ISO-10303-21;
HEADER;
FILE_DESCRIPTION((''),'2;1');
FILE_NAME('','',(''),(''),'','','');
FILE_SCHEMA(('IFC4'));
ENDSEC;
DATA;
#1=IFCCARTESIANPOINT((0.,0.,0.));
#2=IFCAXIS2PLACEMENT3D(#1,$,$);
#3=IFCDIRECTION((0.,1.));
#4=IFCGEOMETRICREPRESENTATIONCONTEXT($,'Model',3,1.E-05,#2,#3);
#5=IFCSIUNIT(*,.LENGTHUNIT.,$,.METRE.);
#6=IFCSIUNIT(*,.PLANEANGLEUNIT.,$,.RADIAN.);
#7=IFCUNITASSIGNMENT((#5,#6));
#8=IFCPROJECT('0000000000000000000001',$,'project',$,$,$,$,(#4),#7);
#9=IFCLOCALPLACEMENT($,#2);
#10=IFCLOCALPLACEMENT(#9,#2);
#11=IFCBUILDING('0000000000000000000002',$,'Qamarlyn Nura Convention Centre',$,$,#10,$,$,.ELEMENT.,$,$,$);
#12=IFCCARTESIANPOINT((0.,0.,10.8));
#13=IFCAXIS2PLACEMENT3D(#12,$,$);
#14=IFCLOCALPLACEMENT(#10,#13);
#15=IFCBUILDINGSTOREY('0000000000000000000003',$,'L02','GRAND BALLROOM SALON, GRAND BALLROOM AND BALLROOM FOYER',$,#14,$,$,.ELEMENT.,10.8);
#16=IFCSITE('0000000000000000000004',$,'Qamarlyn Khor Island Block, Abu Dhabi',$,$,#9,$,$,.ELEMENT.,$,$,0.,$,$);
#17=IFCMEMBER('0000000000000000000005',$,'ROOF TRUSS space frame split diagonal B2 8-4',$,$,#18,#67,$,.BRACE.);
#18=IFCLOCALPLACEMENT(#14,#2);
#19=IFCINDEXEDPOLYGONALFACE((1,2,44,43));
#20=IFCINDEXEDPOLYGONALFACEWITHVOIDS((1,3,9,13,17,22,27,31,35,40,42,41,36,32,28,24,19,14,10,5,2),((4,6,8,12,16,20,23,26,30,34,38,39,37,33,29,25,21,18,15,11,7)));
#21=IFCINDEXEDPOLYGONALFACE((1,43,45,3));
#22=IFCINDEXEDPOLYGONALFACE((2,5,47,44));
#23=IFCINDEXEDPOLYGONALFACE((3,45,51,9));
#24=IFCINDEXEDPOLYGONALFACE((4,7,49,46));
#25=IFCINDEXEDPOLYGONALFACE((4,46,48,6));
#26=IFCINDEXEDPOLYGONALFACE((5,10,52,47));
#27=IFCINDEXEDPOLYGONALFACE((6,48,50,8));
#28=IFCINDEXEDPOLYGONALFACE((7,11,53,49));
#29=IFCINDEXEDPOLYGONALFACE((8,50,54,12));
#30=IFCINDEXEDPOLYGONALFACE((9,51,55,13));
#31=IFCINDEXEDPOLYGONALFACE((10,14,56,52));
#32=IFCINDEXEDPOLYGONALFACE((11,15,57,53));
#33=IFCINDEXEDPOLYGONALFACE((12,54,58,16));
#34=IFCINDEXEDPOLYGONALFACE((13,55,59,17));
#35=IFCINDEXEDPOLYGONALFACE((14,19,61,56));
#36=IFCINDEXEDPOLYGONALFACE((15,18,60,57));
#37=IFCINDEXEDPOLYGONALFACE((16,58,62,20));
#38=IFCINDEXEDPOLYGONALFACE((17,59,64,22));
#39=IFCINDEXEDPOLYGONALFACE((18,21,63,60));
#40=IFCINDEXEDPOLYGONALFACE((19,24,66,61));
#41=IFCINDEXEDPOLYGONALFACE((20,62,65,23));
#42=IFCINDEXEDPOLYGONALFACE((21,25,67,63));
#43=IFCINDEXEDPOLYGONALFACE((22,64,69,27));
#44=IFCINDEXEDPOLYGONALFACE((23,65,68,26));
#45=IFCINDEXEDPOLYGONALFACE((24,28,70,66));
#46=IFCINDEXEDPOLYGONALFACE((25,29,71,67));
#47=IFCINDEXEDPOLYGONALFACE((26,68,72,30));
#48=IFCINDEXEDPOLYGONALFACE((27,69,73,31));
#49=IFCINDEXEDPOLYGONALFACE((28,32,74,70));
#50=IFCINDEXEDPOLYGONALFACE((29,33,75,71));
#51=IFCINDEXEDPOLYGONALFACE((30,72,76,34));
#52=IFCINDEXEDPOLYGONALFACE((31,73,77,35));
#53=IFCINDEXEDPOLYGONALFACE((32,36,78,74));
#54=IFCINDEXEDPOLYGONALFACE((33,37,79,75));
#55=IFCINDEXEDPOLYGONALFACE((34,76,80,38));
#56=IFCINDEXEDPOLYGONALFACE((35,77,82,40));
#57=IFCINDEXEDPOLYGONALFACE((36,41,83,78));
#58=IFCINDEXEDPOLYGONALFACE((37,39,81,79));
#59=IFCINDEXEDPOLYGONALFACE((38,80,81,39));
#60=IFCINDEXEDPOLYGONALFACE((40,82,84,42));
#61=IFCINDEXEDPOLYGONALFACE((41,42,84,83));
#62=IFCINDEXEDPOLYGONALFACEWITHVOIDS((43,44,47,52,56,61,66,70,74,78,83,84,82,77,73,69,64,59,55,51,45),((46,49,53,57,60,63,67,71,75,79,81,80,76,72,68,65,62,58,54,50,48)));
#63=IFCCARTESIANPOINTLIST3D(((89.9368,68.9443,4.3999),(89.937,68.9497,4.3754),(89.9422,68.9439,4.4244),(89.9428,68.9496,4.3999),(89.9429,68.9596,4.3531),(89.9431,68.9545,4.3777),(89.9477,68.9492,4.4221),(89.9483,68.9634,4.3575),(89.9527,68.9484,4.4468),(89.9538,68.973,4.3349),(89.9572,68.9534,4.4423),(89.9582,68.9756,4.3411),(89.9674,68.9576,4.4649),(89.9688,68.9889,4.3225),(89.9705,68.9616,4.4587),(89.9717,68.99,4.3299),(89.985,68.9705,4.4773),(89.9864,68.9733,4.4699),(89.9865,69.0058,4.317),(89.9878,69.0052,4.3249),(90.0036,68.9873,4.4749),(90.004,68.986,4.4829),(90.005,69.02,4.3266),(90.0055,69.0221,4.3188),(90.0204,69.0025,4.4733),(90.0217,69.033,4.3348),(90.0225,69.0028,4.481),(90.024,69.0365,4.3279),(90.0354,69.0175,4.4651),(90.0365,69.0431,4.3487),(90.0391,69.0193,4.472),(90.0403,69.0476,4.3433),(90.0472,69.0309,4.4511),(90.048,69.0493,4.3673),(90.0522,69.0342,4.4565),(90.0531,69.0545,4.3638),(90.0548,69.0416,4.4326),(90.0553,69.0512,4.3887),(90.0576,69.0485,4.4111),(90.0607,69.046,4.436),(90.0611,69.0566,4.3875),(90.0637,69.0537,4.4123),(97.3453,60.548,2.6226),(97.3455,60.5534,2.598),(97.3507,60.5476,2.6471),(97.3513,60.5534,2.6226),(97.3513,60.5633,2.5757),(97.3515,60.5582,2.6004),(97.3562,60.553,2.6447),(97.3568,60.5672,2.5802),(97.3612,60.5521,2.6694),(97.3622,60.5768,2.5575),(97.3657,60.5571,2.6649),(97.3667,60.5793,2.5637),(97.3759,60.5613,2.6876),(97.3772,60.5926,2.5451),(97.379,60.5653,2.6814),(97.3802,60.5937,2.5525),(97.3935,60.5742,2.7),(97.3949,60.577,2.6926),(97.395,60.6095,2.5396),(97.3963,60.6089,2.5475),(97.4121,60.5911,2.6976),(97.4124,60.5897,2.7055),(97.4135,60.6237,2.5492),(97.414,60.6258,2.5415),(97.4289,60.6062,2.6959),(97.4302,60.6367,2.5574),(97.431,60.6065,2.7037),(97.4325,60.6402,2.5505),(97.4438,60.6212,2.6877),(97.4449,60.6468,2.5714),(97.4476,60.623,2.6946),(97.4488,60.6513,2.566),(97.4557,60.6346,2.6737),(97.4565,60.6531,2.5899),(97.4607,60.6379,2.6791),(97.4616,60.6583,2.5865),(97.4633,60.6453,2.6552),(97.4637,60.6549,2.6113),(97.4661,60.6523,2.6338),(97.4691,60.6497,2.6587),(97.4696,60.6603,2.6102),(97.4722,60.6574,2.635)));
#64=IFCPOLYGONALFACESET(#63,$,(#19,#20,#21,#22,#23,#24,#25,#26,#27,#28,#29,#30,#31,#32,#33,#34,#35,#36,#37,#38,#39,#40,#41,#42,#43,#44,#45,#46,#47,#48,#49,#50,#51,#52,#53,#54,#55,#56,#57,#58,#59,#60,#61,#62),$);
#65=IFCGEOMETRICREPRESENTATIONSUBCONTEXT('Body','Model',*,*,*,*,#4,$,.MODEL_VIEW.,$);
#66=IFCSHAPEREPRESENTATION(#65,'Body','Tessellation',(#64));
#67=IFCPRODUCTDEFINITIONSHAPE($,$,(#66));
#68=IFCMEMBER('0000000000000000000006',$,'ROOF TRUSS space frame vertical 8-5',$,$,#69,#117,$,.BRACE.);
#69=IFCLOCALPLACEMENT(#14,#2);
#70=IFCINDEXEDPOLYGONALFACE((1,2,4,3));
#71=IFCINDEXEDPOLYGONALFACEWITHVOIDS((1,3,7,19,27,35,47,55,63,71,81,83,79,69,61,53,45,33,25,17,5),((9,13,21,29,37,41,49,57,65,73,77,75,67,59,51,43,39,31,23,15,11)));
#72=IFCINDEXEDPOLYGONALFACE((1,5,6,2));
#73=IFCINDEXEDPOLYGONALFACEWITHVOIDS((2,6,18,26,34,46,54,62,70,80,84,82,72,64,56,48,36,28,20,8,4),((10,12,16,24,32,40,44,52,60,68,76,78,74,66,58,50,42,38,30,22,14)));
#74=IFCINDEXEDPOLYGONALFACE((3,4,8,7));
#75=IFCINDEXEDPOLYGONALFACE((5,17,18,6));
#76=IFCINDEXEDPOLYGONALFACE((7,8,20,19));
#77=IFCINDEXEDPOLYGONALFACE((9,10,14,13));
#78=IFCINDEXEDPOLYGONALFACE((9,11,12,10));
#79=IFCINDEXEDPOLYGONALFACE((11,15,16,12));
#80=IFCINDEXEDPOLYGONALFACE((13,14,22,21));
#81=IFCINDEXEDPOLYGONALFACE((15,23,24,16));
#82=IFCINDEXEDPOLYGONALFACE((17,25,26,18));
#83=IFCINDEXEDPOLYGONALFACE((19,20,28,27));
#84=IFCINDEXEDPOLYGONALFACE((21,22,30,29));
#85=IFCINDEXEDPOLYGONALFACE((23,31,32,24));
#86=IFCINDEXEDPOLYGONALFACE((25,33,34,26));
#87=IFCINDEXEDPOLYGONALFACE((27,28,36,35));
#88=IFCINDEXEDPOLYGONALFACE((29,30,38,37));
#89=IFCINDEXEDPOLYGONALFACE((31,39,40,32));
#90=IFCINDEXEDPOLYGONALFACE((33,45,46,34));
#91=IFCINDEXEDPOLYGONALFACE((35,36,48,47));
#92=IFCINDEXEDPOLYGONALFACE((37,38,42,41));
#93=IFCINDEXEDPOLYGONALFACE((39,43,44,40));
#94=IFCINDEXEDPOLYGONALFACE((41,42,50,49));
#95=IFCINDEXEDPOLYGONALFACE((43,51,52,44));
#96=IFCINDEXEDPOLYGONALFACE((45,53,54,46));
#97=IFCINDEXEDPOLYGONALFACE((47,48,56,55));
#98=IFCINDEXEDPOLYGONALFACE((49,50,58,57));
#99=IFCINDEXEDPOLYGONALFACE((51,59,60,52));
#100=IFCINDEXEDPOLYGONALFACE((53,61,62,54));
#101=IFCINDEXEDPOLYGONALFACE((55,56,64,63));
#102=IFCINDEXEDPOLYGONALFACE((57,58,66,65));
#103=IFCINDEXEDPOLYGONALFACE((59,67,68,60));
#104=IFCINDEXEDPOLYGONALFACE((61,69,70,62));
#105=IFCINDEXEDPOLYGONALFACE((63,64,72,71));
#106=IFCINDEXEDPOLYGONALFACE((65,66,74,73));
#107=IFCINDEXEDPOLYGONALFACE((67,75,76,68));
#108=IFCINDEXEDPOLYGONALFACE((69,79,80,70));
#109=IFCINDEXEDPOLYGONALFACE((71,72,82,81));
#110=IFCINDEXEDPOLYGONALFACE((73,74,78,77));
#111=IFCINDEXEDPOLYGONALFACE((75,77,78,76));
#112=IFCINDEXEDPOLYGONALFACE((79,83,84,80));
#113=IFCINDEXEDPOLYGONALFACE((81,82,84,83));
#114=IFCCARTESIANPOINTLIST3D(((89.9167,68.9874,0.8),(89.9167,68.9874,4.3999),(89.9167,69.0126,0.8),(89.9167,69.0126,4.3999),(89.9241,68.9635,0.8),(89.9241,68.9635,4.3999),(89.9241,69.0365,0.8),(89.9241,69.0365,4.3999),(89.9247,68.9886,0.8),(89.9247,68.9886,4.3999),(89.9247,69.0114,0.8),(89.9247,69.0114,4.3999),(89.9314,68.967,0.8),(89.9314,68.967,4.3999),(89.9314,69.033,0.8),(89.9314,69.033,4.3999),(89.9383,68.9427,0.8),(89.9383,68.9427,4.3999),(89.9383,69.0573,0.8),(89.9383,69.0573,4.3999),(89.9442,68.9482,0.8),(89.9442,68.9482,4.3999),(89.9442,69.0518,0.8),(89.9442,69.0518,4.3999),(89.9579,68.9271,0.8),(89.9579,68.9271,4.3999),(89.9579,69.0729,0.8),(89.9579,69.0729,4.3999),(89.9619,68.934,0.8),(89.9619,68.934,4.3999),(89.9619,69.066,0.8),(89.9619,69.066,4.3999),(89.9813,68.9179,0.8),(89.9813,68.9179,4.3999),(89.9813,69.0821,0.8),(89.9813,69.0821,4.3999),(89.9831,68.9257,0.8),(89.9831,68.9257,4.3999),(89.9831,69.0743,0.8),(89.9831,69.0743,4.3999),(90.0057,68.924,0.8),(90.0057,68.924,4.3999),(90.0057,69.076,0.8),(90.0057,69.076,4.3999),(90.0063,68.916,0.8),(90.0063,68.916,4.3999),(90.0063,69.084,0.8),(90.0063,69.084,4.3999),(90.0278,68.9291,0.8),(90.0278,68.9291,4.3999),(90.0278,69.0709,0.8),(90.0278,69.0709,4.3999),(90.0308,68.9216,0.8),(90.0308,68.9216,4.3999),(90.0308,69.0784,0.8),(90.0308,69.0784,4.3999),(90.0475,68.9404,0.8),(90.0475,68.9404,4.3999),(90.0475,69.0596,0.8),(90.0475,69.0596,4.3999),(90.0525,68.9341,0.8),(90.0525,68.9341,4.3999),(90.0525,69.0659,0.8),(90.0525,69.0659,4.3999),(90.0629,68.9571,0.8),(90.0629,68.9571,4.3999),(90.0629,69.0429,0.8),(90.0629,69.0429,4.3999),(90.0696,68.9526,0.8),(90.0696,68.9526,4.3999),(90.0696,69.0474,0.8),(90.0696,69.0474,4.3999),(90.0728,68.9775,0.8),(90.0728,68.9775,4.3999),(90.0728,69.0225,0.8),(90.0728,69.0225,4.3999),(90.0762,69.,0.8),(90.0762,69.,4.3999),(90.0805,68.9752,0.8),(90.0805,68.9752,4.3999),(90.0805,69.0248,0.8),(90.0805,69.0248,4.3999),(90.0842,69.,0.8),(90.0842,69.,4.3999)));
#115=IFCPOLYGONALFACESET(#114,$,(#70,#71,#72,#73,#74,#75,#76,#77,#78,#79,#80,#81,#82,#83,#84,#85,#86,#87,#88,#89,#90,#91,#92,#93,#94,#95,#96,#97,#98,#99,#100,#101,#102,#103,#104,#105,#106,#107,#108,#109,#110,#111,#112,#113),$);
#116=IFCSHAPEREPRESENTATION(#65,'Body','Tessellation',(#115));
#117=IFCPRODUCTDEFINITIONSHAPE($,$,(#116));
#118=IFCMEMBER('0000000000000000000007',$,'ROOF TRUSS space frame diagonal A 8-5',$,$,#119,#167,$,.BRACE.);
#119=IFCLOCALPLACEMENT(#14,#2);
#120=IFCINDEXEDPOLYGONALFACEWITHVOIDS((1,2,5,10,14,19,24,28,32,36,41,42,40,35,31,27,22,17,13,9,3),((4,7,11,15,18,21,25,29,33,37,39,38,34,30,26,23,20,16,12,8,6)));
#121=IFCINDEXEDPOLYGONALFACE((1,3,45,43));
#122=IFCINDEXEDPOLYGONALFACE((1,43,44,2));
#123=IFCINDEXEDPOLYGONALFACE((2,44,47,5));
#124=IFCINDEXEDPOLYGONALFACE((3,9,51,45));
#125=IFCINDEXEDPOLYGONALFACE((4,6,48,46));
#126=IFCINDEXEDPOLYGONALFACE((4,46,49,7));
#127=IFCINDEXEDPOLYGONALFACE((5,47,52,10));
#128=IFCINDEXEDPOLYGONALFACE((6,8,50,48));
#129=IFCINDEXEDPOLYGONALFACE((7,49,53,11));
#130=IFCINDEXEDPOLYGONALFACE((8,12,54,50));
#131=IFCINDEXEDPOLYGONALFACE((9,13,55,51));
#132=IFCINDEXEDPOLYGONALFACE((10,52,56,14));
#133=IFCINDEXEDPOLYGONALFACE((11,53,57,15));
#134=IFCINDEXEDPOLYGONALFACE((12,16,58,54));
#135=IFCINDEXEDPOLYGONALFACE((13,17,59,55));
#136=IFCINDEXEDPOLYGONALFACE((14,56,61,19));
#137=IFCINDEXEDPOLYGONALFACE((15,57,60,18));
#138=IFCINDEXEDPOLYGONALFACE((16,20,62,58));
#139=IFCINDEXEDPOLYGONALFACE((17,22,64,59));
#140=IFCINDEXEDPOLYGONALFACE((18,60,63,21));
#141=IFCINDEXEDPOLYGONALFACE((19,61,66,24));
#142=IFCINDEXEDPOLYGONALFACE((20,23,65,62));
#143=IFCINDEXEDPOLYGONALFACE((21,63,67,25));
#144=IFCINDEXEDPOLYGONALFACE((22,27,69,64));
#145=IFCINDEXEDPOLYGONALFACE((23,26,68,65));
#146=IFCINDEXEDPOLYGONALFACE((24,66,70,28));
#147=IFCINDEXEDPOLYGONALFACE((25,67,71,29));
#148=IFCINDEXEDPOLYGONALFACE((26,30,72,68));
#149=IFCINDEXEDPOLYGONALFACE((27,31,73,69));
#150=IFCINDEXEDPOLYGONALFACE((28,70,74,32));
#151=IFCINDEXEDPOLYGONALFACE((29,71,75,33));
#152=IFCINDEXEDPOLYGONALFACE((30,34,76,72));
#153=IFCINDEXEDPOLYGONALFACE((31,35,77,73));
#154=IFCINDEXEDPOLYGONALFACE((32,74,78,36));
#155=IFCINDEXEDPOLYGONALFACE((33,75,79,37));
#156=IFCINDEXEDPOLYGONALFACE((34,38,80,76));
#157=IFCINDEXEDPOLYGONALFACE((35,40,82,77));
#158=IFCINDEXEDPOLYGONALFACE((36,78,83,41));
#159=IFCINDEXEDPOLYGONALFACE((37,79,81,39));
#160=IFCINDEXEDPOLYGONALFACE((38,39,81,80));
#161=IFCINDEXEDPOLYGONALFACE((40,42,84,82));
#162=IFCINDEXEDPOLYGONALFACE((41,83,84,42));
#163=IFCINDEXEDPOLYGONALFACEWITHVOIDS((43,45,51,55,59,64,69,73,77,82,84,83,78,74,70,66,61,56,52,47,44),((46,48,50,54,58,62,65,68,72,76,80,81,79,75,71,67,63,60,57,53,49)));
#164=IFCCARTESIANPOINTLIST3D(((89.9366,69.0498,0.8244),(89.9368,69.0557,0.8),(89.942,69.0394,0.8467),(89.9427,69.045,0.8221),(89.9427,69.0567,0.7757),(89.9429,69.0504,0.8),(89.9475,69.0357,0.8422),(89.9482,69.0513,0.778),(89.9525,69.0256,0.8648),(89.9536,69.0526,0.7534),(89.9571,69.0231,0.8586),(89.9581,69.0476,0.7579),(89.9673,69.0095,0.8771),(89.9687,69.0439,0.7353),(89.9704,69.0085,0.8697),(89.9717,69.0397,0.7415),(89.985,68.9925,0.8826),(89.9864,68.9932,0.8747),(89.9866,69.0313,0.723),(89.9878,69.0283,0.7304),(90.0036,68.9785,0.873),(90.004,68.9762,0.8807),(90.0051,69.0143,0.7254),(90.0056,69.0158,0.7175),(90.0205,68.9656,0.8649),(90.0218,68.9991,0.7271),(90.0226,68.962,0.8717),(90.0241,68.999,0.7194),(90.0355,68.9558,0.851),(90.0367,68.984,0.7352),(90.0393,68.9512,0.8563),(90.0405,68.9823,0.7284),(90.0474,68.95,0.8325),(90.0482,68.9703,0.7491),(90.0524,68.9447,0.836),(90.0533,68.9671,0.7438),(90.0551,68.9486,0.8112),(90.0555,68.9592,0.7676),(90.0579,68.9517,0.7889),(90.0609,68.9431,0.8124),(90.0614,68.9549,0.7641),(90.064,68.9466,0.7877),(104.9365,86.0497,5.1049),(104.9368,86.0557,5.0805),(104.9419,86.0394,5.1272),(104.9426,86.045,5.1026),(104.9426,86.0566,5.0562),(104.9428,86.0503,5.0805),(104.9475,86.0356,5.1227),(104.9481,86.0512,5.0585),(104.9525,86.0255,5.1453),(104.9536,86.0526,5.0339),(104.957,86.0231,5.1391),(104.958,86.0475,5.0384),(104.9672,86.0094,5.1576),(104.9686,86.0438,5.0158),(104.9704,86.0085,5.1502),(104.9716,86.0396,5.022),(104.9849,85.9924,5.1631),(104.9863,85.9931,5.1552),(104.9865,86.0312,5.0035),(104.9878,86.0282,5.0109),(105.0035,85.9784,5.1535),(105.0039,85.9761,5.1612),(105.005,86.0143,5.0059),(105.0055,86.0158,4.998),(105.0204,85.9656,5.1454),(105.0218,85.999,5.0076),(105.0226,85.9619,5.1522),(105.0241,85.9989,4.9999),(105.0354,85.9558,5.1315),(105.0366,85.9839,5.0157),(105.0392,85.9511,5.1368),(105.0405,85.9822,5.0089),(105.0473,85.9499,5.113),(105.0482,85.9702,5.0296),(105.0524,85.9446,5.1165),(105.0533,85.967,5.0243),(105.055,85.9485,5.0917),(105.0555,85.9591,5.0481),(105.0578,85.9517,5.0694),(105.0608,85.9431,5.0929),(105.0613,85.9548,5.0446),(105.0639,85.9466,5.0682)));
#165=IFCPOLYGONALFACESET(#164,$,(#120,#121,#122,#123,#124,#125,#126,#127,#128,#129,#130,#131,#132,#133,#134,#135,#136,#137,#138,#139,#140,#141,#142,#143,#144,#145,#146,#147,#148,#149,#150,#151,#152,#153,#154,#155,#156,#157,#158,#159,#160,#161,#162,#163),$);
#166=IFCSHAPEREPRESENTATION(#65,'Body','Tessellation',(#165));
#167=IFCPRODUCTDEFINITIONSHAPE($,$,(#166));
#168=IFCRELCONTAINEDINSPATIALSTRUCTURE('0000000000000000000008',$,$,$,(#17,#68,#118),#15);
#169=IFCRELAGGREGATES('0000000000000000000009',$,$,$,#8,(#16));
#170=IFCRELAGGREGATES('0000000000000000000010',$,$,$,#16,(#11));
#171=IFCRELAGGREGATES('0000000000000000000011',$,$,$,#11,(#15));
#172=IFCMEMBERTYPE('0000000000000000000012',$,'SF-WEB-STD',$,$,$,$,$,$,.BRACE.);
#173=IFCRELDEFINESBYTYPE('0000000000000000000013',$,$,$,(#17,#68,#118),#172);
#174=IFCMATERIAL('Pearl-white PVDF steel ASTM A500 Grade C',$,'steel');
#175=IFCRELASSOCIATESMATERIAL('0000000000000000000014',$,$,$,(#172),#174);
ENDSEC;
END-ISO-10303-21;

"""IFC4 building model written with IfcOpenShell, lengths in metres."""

from ifc_helpers import new_model, si_unit, direction, frame, origin, origin_2d, place, context, subcontext, project, spatial, hollow_circle, extrude, material, material_profile, profile_set, type_object, element, save


model = new_model("IFC4")

# Units and contexts
model_context = context("Model", 3, precision=1e-05, world=origin(), true_north=direction((0.0, 1.0)))
body_context = subcontext(model_context, "Body", "Model", "MODEL_VIEW")
ifc_project = project(units=[si_unit("LENGTHUNIT", "METRE"), si_unit("PLANEANGLEUNIT", "RADIAN")], contexts=[model_context])

# Site, building, storey
site_placement = place(None, origin())
site = spatial("IfcSite", under=ifc_project, at=site_placement, Name="Qamarlyn Khor Island Block, Abu Dhabi", CompositionType="ELEMENT", RefElevation=0.0)
building_placement = place(site_placement, origin())
building = spatial("IfcBuilding", under=site, at=building_placement, Name="Qamarlyn Nura Convention Centre", CompositionType="ELEMENT")
storey_placement = place(building_placement, frame((0.0, 0.0, 10.8)))
storey = spatial("IfcBuildingStorey", under=building, at=storey_placement, Name="L02", Description="GRAND BALLROOM SALON, GRAND BALLROOM AND BALLROOM FOYER", CompositionType="ELEMENT", Elevation=10.8)

# Members
ifc_material_1 = material(Name="Pearl-white PVDF steel ASTM A500 Grade C", Category="steel")
ifc_material_profile_1 = material_profile(ifc_material_1, hollow_circle(Radius=0.0842, WallThickness=0.0081, at=origin_2d()), Name="CHS168.3X8")
ifc_profile_set_1 = profile_set([ifc_material_profile_1], Name="Pearl-white PVDF steel ASTM A500 Grade C")
member_type_1 = type_object("IfcMemberType", Name="SF-WEB-STD", PredefinedType="BRACE", material=ifc_profile_set_1)
for number, where, z_axis, x_axis, name in (
    (1, (97.4084, 60.6038, 2.6226), (-0.653441, 0.740567, 0.156766), (-0.749838, -0.661622, 0.0), "ROOF TRUSS space frame split diagonal B2 8-4"),
):
    element("IfcMember", number, at=place(storey_placement, frame(where, z_axis=z_axis, x_axis=x_axis)), inside=storey, type_object=member_type_1, Name=name, PredefinedType="BRACE", context=body_context, shape_type="SweptSolid", body=[
        extrude(hollow_circle(Radius=0.0842, WallThickness=0.0081, at=origin_2d()), origin(), (0.0, 0.0, 1.0), 11.3376),
    ])
member_1_placement = place(storey_placement, frame((90.0, 69.0, 0.8), z_axis=(0.0, 0.0, 1.0), x_axis=(1.0, 0.0, 0.0)))
element("IfcMember", 2, at=member_1_placement, inside=storey, type_object=member_type_1, Name="ROOF TRUSS space frame vertical 8-5", PredefinedType="BRACE", context=body_context, shape_type="SweptSolid", body=[
    extrude(hollow_circle(Radius=0.0842, WallThickness=0.0081, at=origin_2d()), origin(), (0.0, 0.0, 1.0), 3.5999),
])
member_2_placement = place(storey_placement, frame((90.0, 69.0, 0.8), z_axis=(0.650135, 0.73682, 0.185528), x_axis=(-0.749838, 0.661622, 0.0)))
element("IfcMember", 3, at=member_2_placement, inside=storey, type_object=member_type_1, Name="ROOF TRUSS space frame diagonal A 8-5", PredefinedType="BRACE", context=body_context, shape_type="SweptSolid", body=[
    extrude(hollow_circle(Radius=0.0842, WallThickness=0.0081, at=origin_2d()), origin(), (0.0, 0.0, 1.0), 23.072),
])

save(model, "model.ifc")
